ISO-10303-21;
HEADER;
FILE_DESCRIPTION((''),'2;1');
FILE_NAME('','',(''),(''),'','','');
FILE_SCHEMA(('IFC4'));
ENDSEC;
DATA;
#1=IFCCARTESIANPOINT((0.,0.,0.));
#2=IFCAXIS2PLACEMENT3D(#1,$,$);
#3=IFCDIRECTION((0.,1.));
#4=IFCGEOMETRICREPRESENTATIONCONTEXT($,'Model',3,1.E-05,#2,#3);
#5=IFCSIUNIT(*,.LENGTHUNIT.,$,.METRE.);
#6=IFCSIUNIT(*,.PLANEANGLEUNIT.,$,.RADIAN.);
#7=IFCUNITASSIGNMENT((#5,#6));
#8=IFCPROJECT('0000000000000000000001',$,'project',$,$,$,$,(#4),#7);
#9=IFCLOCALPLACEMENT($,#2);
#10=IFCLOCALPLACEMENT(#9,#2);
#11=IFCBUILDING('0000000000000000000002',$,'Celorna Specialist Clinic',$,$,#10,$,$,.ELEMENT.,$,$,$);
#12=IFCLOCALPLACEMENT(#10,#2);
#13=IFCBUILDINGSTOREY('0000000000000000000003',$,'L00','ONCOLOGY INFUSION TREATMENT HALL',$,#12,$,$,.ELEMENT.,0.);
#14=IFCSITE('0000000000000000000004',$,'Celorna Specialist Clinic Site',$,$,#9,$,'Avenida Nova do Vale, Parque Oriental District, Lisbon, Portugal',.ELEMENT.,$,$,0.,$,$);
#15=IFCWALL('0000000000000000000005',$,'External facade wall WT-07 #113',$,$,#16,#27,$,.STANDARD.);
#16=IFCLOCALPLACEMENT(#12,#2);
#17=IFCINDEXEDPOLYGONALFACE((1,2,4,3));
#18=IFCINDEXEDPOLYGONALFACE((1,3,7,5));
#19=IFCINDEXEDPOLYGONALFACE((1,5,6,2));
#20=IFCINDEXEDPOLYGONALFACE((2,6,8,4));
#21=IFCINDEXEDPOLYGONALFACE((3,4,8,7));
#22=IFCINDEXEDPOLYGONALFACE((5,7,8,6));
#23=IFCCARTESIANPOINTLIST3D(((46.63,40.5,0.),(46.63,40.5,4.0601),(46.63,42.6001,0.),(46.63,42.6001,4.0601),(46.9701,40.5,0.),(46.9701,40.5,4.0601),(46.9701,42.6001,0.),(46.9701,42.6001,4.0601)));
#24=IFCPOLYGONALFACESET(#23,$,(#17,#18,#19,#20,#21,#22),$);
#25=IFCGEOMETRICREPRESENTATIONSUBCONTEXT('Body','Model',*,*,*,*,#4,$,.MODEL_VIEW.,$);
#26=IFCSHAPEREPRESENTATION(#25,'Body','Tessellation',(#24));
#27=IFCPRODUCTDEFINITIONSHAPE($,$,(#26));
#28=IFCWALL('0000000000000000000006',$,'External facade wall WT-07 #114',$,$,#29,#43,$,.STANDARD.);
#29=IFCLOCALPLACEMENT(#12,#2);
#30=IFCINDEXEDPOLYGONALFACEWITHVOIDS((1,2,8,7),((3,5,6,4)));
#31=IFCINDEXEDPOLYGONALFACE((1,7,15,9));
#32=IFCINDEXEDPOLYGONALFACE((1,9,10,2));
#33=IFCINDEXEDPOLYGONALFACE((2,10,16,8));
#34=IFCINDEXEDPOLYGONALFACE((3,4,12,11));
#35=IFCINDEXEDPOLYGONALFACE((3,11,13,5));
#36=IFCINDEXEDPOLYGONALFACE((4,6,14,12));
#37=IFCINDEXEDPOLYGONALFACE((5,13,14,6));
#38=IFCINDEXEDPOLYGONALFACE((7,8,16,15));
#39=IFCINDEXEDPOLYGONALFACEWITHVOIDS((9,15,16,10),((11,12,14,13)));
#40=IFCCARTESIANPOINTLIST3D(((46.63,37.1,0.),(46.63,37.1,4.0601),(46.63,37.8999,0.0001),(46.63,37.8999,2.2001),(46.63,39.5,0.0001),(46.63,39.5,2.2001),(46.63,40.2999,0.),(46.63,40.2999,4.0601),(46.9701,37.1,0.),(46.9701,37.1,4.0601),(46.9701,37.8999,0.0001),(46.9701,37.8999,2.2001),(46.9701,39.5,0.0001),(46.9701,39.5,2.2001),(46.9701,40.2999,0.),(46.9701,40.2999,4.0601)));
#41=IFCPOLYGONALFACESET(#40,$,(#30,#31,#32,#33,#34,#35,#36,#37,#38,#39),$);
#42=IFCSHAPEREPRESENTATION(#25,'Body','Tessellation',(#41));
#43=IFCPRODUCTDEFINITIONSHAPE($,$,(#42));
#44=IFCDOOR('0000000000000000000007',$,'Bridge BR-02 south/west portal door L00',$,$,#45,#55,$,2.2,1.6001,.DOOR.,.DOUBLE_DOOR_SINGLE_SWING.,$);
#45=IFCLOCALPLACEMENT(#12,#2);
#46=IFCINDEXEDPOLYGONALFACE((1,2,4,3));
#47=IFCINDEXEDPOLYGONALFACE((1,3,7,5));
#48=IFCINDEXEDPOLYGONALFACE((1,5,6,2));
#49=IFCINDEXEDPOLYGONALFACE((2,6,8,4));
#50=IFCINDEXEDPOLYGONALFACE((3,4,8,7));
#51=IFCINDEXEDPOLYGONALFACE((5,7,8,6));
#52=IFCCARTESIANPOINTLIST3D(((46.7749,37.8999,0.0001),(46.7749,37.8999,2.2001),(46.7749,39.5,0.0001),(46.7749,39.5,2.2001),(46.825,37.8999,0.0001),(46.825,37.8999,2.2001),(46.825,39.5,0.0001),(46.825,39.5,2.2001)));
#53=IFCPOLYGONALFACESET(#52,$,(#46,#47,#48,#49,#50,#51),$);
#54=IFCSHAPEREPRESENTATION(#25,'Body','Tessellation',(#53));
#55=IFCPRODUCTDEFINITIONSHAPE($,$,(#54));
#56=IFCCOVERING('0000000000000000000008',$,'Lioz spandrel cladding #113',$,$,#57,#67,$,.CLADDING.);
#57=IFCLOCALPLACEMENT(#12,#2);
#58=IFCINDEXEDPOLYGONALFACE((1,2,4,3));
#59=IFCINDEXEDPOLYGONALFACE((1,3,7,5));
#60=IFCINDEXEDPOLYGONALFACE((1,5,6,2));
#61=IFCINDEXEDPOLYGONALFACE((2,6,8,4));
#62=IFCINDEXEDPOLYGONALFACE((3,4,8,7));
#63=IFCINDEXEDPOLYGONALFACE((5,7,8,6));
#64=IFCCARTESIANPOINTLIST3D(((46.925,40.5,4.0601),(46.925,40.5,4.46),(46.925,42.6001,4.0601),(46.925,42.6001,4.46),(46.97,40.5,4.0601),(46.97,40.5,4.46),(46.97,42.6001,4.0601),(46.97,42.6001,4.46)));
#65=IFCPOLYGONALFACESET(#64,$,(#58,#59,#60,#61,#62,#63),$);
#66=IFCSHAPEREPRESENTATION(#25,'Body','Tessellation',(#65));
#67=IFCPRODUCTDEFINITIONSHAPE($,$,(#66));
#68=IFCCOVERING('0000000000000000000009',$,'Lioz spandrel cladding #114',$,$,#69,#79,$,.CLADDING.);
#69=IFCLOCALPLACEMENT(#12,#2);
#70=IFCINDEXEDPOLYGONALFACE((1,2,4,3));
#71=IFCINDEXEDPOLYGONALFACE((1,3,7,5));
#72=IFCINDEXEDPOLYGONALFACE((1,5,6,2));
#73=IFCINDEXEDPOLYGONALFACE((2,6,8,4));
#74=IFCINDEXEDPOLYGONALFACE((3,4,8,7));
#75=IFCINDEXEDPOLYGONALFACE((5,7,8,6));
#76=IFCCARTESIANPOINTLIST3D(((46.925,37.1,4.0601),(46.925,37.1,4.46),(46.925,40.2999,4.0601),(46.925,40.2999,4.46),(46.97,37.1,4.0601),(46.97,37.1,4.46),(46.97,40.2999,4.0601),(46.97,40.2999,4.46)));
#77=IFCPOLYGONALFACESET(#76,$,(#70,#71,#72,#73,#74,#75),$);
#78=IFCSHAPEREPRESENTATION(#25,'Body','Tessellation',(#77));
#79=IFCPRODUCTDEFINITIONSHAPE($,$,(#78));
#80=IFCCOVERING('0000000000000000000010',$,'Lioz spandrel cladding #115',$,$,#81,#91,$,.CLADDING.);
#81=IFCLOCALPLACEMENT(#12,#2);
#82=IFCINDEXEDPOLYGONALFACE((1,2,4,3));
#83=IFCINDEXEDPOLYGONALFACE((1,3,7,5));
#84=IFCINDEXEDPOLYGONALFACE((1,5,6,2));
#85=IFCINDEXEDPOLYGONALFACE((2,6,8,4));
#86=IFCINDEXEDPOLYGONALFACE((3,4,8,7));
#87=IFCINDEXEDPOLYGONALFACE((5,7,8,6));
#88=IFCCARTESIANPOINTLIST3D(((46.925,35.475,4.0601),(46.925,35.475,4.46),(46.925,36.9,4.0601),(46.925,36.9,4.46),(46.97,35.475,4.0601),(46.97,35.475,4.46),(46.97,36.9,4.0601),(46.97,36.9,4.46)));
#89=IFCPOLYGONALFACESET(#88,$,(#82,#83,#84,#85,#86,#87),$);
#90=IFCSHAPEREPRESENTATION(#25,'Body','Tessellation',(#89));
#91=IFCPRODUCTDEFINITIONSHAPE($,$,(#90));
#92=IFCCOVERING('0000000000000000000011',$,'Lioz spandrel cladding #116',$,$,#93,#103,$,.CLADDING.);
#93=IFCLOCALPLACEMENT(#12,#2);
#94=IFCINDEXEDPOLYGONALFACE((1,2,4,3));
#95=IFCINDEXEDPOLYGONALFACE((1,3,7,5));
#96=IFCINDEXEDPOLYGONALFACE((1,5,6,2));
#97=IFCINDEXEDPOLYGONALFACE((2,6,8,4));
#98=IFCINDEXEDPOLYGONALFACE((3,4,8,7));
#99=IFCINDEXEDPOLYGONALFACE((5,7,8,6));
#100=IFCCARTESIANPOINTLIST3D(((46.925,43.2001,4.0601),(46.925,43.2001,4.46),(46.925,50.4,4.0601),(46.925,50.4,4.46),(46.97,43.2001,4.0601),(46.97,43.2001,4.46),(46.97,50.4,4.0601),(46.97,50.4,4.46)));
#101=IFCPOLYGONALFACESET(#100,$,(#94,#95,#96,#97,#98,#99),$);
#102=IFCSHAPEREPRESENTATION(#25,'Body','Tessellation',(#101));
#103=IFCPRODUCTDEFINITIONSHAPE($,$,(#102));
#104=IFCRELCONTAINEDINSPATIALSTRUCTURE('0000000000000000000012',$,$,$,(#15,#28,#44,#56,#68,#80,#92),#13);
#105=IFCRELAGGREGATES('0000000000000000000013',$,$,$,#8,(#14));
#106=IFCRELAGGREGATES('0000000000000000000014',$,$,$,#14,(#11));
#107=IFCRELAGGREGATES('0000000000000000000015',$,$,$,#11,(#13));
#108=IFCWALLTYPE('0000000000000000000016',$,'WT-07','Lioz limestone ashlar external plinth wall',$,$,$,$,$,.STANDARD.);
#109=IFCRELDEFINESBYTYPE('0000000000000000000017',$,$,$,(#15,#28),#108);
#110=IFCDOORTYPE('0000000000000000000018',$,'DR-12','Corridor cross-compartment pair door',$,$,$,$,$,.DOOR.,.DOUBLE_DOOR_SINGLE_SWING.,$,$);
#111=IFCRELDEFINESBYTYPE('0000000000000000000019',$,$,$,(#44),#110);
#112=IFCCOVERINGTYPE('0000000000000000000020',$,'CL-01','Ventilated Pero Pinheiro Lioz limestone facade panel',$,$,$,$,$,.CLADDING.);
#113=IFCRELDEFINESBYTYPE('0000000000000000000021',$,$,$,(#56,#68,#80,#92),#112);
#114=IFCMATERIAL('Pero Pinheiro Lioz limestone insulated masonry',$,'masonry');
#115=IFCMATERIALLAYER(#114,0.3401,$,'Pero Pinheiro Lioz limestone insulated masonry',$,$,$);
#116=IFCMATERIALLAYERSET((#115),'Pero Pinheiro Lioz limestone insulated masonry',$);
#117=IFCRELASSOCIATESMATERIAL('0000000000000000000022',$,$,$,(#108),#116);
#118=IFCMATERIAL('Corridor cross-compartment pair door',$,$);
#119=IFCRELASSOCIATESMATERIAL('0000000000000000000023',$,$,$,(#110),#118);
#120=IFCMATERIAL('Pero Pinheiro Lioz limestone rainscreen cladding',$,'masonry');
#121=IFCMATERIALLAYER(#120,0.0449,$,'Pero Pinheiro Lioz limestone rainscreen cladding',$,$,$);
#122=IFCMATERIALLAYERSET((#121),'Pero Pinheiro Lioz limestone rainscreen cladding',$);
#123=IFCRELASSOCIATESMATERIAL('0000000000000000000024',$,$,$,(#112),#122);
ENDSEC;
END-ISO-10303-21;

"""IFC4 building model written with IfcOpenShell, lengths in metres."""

from ifc_helpers import new_model, si_unit, direction, frame, frame_2d, origin, origin_2d, place, context, subcontext, project, spatial, rectangle, extrude, material, layer, layer_set, type_object, element, fill, save


model = new_model("IFC4")

# Units and contexts
model_context = context("Model", 3, precision=1e-05, world=origin(), true_north=direction((0.0, 1.0)))
body_context = subcontext(model_context, "Body", "Model", "MODEL_VIEW")
ifc_project = project(units=[si_unit("LENGTHUNIT", "METRE"), si_unit("PLANEANGLEUNIT", "RADIAN")], contexts=[model_context])

# Site, building, storey
site_placement = place(None, origin())
site = spatial("IfcSite", under=ifc_project, at=site_placement, Name="Celorna Specialist Clinic Site", LongName="Avenida Nova do Vale, Parque Oriental District, Lisbon, Portugal", CompositionType="ELEMENT", RefElevation=0.0)
building_placement = place(site_placement, origin())
building = spatial("IfcBuilding", under=site, at=building_placement, Name="Celorna Specialist Clinic", CompositionType="ELEMENT")
storey_placement = place(building_placement, origin())
storey = spatial("IfcBuildingStorey", under=building, at=storey_placement, Name="L00", Description="ONCOLOGY INFUSION TREATMENT HALL", CompositionType="ELEMENT", Elevation=0.0)

# Wall
ifc_material_1 = material(Name="Pero Pinheiro Lioz limestone insulated masonry", Category="masonry")
ifc_layer_1 = layer(ifc_material_1, 0.3401, Name="Pero Pinheiro Lioz limestone insulated masonry")
ifc_layer_set_1 = layer_set([ifc_layer_1], Name="Pero Pinheiro Lioz limestone insulated masonry")
wall_type = type_object("IfcWallType", Name="WT-07", Description="Lioz limestone ashlar external plinth wall", PredefinedType="STANDARD", material=ifc_layer_set_1)
wall_1_placement = place(storey_placement, frame((46.8, 42.6001, 0.0), z_axis=(0.0, 0.0, 1.0), x_axis=(0.0, -1.0, 0.0)))
element("IfcWall", 1, at=wall_1_placement, inside=storey, type_object=wall_type, Name="External facade wall WT-07 #113", PredefinedType="STANDARD", context=body_context, shape_type="SweptSolid", body=[
    extrude(rectangle(XDim=2.1001, YDim=0.3401, at=frame_2d((1.05, 0.0))), origin(), (0.0, 0.0, 1.0), 4.0601),
])

# Wall, opening, door
wall_2_placement = place(storey_placement, frame((46.8, 40.3, 0.0), z_axis=(0.0, 0.0, 1.0), x_axis=(0.0, -1.0, 0.0)))
wall_2 = element("IfcWall", 2, at=wall_2_placement, inside=storey, type_object=wall_type, Name="External facade wall WT-07 #114", PredefinedType="STANDARD", context=body_context, shape_type="SweptSolid", body=[
    extrude(rectangle(XDim=3.2, YDim=0.3401, at=frame_2d((1.6001, 0.0))), origin(), (0.0, 0.0, 1.0), 4.0601),
])
opening_placement = place(wall_2_placement, frame((0.8, 0.0, 0.0)))
opening = element("IfcOpeningElement", 3, at=opening_placement, cuts=wall_2, PredefinedType="OPENING", context=body_context, shape_type="SweptSolid", body=[
    extrude(rectangle(XDim=1.6001, YDim=2.2, at=frame_2d((0.8, 1.1001))), frame((0.0, 0.1799, 0.0), z_axis=(0.0, -1.0, 0.0), x_axis=(1.0, 0.0, 0.0)), (0.0, 0.0, 1.0), 0.3601),
])
ifc_material_2 = material(Name="Corridor cross-compartment pair door")
door_type = type_object("IfcDoorType", Name="DR-12", Description="Corridor cross-compartment pair door", OperationType="DOUBLE_DOOR_SINGLE_SWING", PredefinedType="DOOR", material=ifc_material_2)
door_placement = place(opening_placement, origin())
door = element("IfcDoor", 4, at=door_placement, inside=storey, type_object=door_type, Name="Bridge BR-02 south/west portal door L00", OperationType="DOUBLE_DOOR_SINGLE_SWING", OverallHeight=2.2, OverallWidth=1.6001, PredefinedType="DOOR", context=body_context, shape_type="SweptSolid", body=[
    extrude(rectangle(XDim=1.6001, YDim=2.2, at=frame_2d((0.8, 1.1001))), frame((0.0, 0.0249, 0.0), z_axis=(0.0, -1.0, 0.0), x_axis=(1.0, 0.0, 0.0)), (0.0, 0.0, 1.0), 0.05),
])
fill(opening, door)

# Coverings
ifc_material_3 = material(Name="Pero Pinheiro Lioz limestone rainscreen cladding", Category="masonry")
ifc_layer_2 = layer(ifc_material_3, 0.0449, Name="Pero Pinheiro Lioz limestone rainscreen cladding")
ifc_layer_set_2 = layer_set([ifc_layer_2], Name="Pero Pinheiro Lioz limestone rainscreen cladding")
covering_type = type_object("IfcCoveringType", Name="CL-01", Description="Ventilated Pero Pinheiro Lioz limestone facade panel", PredefinedType="CLADDING", material=ifc_layer_set_2)
covering_1_placement = place(storey_placement, frame((46.9475, 41.55, 4.0601), z_axis=(0.0, 0.0, 1.0), x_axis=(0.0, -1.0, 0.0)))
element("IfcCovering", 5, at=covering_1_placement, inside=storey, type_object=covering_type, Name="Lioz spandrel cladding #113", PredefinedType="CLADDING", context=body_context, shape_type="SweptSolid", body=[
    extrude(rectangle(XDim=2.1001, YDim=0.0449, at=origin_2d()), origin(), (0.0, 0.0, 1.0), 0.3999),
])
covering_2_placement = place(storey_placement, frame((46.9475, 38.7, 4.0601), z_axis=(0.0, 0.0, 1.0), x_axis=(0.0, -1.0, 0.0)))
element("IfcCovering", 6, at=covering_2_placement, inside=storey, type_object=covering_type, Name="Lioz spandrel cladding #114", PredefinedType="CLADDING", context=body_context, shape_type="SweptSolid", body=[
    extrude(rectangle(XDim=3.2, YDim=0.0449, at=origin_2d()), origin(), (0.0, 0.0, 1.0), 0.3999),
])
covering_3_placement = place(storey_placement, frame((46.9475, 36.1875, 4.0601), z_axis=(0.0, 0.0, 1.0), x_axis=(0.0, -1.0, 0.0)))
element("IfcCovering", 7, at=covering_3_placement, inside=storey, type_object=covering_type, Name="Lioz spandrel cladding #115", PredefinedType="CLADDING", context=body_context, shape_type="SweptSolid", body=[
    extrude(rectangle(XDim=1.425, YDim=0.0449, at=origin_2d()), origin(), (0.0, 0.0, 1.0), 0.3999),
])
covering_4_placement = place(storey_placement, frame((46.9475, 46.8, 4.0601), z_axis=(0.0, 0.0, 1.0), x_axis=(0.0, -1.0, 0.0)))
element("IfcCovering", 8, at=covering_4_placement, inside=storey, type_object=covering_type, Name="Lioz spandrel cladding #116", PredefinedType="CLADDING", context=body_context, shape_type="SweptSolid", body=[
    extrude(rectangle(XDim=7.2, YDim=0.0449, at=origin_2d()), origin(), (0.0, 0.0, 1.0), 0.3999),
])

save(model, "model.ifc")
